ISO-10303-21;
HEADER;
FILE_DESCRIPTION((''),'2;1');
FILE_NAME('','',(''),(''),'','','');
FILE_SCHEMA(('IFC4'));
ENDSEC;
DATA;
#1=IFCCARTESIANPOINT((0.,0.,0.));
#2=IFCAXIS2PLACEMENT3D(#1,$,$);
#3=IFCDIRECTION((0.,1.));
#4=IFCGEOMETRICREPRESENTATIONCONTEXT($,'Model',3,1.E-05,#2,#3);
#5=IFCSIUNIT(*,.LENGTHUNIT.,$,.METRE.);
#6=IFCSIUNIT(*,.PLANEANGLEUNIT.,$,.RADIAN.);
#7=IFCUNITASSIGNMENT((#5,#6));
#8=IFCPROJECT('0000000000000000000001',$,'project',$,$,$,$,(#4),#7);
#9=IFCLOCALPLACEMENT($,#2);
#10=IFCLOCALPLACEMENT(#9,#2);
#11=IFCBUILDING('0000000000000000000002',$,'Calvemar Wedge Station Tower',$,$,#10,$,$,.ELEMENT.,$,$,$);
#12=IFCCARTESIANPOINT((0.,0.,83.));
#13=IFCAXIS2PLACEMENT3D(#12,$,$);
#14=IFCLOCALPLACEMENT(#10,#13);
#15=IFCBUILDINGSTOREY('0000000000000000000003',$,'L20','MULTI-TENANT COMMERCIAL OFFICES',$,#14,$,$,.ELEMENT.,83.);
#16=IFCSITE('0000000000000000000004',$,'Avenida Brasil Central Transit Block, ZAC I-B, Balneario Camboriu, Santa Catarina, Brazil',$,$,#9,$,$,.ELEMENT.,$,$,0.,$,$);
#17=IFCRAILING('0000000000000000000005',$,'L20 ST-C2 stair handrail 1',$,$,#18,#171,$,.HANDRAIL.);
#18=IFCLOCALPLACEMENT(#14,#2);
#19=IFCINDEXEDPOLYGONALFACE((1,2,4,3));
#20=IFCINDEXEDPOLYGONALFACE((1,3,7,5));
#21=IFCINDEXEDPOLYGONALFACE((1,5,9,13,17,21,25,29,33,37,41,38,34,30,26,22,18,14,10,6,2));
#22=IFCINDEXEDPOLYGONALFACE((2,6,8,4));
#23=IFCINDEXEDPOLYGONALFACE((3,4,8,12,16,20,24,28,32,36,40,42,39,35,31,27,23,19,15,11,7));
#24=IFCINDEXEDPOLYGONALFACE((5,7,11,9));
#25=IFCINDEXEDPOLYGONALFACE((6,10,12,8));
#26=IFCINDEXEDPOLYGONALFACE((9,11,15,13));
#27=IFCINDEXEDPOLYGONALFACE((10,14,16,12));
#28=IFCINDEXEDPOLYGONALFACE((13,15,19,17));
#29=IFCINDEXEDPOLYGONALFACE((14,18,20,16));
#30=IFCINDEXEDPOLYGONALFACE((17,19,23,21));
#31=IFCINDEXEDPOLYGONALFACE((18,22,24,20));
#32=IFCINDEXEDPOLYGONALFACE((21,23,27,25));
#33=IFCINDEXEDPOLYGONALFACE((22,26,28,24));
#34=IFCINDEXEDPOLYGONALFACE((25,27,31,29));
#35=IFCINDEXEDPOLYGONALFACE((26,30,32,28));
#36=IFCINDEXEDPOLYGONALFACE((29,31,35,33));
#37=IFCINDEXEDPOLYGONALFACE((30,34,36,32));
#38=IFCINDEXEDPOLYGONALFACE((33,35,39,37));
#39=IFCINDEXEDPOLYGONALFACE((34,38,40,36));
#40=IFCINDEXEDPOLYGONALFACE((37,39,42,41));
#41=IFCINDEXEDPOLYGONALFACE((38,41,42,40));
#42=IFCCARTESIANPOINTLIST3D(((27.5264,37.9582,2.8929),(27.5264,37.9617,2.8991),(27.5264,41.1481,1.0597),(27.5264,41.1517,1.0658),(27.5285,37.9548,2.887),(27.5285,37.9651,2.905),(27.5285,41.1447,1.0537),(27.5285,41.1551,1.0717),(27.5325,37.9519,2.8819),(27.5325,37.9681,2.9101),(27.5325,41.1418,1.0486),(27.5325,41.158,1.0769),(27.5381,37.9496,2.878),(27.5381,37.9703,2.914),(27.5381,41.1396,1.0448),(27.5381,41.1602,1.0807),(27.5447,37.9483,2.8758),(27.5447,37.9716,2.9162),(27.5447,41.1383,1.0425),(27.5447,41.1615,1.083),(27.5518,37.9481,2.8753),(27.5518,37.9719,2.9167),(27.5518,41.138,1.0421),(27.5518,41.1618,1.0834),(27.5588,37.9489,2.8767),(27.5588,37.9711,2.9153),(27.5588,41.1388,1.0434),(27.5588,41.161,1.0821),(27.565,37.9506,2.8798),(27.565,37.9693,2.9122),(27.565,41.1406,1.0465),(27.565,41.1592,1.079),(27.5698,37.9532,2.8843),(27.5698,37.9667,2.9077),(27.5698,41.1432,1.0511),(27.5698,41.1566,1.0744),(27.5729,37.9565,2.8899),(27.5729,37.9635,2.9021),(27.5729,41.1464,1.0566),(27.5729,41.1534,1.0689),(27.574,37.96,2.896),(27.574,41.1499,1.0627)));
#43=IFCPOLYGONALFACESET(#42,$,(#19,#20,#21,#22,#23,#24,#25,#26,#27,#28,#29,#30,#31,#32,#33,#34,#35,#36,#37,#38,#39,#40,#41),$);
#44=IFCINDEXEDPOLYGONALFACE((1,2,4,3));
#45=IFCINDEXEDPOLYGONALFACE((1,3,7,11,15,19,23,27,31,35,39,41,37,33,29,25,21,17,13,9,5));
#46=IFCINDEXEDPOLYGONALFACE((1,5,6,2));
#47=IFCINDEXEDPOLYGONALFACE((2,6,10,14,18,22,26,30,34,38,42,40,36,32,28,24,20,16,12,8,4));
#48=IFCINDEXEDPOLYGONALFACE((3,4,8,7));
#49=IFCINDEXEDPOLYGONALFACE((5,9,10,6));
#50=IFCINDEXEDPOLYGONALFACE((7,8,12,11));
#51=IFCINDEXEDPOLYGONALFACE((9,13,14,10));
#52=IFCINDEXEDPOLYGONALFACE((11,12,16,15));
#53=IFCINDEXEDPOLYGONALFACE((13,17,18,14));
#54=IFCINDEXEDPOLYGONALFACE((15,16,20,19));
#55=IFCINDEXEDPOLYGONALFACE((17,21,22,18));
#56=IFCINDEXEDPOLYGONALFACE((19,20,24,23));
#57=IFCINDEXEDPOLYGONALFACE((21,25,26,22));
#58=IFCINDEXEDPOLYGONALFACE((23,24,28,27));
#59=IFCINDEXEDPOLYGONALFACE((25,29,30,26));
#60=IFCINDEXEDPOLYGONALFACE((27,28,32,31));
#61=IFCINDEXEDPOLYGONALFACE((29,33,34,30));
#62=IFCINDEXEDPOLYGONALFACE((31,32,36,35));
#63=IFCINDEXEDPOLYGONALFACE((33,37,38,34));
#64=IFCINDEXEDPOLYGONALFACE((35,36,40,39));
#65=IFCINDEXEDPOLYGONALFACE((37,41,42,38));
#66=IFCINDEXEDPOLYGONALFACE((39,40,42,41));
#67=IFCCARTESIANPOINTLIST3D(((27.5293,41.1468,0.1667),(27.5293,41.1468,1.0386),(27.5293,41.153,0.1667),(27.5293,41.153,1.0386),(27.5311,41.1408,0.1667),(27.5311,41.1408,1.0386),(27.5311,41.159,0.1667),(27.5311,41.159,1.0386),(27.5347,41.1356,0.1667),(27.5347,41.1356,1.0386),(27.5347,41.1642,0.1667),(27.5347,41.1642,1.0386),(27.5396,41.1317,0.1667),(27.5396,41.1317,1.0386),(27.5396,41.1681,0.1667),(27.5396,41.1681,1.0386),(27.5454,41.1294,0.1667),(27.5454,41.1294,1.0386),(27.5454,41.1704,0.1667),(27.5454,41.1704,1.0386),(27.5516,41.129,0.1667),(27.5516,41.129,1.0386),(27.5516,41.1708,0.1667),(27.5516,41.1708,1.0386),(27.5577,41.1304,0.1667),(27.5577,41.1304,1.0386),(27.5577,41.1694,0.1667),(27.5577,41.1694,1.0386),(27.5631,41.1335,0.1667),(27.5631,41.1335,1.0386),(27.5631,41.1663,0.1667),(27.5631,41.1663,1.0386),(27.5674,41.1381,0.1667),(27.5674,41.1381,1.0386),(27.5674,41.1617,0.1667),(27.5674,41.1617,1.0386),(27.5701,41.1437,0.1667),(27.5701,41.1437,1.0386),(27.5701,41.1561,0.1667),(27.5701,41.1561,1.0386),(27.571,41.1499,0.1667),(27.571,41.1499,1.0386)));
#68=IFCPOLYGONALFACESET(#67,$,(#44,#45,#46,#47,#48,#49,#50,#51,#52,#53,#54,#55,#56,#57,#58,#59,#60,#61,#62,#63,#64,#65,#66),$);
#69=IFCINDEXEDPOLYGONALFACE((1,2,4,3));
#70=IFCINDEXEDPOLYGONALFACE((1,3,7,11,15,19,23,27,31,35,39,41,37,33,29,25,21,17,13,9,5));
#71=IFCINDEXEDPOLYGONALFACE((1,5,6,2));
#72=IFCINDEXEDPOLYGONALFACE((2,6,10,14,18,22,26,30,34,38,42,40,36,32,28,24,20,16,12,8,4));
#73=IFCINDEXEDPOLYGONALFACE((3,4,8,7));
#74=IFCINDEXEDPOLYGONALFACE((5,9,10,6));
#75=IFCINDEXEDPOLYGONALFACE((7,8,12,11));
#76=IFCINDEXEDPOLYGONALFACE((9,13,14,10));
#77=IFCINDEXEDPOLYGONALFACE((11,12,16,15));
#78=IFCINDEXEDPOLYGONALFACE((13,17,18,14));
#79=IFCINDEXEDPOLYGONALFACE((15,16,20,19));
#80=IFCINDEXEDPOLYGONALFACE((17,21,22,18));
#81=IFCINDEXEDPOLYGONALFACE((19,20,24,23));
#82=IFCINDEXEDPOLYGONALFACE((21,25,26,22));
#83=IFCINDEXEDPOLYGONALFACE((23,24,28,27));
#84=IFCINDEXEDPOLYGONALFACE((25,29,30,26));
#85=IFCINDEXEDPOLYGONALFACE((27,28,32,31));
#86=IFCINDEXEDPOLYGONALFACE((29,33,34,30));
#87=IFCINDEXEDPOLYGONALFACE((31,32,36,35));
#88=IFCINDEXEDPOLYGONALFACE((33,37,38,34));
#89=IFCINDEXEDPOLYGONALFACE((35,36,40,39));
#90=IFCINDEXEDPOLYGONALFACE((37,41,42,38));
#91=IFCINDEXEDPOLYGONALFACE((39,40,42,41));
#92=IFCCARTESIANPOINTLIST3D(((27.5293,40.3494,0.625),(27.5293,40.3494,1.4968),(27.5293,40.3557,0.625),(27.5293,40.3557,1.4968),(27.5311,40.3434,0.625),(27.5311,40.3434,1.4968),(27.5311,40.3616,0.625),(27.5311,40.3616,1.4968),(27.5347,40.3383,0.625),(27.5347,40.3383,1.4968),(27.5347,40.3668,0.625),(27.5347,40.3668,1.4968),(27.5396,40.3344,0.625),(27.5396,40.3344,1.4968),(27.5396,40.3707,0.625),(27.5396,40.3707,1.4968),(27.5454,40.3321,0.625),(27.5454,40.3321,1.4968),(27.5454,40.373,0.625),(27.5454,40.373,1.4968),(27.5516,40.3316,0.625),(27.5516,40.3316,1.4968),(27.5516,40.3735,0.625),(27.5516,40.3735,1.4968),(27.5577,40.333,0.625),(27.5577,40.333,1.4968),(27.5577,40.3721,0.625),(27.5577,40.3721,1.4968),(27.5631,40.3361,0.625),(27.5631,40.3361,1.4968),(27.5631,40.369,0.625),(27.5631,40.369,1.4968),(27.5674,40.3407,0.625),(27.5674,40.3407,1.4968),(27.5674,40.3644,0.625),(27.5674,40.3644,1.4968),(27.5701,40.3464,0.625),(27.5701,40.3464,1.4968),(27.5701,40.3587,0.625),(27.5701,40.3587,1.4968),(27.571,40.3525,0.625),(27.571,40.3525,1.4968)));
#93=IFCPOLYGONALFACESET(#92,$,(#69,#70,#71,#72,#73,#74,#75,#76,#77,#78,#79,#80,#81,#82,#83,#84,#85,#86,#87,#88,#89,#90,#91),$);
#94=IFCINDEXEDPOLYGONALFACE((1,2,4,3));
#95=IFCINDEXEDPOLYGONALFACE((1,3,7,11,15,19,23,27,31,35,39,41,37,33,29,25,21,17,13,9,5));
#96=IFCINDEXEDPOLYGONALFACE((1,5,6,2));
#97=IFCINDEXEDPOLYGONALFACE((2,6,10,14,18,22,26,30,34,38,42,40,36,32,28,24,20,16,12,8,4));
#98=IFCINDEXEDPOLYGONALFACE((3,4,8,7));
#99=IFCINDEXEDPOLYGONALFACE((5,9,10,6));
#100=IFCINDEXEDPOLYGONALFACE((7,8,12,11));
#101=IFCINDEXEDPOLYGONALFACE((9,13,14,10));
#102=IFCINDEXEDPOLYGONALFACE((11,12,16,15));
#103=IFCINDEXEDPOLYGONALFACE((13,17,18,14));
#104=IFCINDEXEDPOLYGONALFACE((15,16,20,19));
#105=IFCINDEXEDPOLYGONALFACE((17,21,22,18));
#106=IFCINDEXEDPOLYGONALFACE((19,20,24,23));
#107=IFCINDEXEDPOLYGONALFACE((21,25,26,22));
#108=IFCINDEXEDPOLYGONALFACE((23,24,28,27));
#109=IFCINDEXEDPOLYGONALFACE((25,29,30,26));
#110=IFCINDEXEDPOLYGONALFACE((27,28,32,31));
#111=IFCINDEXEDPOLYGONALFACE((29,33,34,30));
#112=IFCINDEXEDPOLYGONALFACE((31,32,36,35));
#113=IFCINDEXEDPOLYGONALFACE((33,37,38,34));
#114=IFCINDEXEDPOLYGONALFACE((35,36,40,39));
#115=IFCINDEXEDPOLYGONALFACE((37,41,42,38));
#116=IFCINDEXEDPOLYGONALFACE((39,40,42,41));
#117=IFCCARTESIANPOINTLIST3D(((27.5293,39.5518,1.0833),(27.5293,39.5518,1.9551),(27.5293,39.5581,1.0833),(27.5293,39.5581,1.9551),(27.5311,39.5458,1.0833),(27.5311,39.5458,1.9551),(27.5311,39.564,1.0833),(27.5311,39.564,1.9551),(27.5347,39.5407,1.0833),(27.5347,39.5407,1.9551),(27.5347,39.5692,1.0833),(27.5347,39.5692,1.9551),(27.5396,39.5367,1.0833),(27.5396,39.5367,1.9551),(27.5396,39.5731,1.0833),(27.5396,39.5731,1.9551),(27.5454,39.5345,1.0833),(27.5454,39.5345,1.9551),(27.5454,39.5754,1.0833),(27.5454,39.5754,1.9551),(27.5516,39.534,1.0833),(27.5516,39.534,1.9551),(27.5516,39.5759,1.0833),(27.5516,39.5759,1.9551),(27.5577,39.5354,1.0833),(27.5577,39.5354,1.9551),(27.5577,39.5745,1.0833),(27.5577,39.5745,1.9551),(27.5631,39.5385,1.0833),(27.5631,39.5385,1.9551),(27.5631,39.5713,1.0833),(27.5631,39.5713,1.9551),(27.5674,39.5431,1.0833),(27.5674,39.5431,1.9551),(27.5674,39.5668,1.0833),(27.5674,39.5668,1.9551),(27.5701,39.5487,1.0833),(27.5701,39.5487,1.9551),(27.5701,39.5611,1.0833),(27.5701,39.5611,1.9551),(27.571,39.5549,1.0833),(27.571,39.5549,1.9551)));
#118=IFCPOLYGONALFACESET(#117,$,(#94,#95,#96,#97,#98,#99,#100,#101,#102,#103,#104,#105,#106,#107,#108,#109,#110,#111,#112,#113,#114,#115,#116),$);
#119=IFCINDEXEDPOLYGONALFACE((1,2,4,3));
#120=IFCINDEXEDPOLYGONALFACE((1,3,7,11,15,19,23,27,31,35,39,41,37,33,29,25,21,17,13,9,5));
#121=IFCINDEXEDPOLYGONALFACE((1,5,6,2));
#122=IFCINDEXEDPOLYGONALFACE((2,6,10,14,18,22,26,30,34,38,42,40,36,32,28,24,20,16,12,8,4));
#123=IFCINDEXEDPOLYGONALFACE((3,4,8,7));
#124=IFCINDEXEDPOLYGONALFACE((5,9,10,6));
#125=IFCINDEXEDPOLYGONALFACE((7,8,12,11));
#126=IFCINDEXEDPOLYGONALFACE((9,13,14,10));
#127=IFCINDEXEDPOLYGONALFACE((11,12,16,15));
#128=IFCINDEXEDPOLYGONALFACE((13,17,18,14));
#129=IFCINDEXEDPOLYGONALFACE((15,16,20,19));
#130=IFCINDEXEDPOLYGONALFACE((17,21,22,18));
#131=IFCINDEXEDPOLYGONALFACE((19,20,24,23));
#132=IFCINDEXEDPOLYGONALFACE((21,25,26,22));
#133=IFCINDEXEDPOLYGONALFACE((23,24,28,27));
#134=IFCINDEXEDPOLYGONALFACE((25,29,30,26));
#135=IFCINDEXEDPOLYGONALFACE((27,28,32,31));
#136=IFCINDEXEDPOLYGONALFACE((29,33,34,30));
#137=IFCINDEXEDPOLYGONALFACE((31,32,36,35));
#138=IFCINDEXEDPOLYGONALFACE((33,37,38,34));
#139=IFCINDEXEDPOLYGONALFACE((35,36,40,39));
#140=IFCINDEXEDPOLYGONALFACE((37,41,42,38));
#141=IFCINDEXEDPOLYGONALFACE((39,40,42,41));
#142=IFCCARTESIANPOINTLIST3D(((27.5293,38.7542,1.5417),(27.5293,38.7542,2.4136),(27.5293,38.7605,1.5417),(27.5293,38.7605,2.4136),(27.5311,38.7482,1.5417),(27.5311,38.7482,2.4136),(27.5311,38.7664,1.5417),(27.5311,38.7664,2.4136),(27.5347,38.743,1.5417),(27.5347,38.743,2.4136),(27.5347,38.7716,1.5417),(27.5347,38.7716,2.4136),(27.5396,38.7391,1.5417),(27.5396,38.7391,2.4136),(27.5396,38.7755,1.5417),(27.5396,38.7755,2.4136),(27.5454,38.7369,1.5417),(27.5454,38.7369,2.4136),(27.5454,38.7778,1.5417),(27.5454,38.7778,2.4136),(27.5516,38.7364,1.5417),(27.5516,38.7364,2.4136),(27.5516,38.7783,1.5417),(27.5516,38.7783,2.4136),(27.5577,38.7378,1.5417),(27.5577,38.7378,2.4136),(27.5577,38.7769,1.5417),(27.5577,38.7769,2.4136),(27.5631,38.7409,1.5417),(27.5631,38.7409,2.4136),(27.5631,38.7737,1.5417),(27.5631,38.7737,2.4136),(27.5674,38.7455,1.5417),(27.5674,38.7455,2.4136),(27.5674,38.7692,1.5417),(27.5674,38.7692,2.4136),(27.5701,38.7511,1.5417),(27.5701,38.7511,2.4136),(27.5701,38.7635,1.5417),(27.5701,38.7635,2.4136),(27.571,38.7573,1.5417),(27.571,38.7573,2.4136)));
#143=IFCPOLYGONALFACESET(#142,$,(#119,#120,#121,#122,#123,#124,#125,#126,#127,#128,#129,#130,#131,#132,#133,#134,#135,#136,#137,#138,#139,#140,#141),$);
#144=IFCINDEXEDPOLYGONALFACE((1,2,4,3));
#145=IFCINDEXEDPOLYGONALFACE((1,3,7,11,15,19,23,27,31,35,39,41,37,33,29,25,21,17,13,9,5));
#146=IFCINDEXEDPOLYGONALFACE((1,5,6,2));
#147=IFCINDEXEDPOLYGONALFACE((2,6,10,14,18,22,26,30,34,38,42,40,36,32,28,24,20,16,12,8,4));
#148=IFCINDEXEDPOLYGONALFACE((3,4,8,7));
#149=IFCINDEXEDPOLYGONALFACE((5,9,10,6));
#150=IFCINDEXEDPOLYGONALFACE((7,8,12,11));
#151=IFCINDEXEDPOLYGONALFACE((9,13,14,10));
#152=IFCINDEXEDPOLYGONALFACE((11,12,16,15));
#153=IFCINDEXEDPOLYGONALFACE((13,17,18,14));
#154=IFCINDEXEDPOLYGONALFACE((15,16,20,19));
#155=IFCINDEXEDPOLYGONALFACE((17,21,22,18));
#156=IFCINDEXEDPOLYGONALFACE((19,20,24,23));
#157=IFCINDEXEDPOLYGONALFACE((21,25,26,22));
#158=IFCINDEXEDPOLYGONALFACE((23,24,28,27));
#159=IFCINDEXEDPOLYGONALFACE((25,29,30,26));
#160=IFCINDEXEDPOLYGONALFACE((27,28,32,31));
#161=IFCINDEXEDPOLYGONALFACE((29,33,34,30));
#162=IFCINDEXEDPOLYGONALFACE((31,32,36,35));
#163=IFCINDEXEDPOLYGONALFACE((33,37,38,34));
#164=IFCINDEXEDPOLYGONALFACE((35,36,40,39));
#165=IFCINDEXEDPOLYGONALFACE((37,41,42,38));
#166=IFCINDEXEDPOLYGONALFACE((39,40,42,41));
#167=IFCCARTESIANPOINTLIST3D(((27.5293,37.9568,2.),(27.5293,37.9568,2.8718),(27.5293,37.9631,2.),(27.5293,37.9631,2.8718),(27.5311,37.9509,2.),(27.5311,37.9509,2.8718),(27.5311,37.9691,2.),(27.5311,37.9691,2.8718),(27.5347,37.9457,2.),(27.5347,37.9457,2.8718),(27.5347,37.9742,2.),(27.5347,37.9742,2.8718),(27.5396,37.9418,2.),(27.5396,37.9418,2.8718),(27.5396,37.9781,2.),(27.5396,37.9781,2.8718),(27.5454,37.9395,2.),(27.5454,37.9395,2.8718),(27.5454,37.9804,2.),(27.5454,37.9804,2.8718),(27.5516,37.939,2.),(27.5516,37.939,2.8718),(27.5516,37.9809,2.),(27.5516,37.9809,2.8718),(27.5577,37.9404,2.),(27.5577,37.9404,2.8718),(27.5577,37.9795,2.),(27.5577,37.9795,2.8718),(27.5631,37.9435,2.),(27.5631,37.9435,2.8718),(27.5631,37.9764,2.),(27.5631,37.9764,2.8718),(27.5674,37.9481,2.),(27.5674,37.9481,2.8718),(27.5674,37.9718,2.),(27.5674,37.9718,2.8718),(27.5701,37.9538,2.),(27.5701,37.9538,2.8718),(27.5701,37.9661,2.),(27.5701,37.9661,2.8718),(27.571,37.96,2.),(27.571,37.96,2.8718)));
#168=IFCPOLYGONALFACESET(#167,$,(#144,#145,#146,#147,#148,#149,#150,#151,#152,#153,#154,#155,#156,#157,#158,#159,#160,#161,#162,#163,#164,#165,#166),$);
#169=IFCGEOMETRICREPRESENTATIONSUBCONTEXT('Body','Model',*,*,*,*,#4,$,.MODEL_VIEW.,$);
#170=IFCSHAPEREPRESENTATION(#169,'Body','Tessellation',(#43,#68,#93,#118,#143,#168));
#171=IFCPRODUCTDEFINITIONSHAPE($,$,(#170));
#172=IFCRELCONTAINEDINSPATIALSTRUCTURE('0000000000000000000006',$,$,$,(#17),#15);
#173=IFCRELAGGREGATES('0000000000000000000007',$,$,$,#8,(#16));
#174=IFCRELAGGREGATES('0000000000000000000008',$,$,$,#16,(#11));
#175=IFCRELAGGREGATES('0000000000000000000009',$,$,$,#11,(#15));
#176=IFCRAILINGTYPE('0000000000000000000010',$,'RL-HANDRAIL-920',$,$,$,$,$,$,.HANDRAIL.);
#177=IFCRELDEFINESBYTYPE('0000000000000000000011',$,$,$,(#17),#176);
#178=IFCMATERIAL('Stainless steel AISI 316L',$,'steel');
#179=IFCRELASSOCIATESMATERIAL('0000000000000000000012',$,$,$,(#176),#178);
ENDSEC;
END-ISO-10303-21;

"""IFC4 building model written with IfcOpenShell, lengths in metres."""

from ifc_helpers import new_model, si_unit, direction, frame, origin, origin_2d, place, context, subcontext, project, spatial, circle, extrude, material, type_object, element, save


model = new_model("IFC4")

# Units and contexts
model_context = context("Model", 3, precision=1e-05, world=origin(), true_north=direction((0.0, 1.0)))
body_context = subcontext(model_context, "Body", "Model", "MODEL_VIEW")
ifc_project = project(units=[si_unit("LENGTHUNIT", "METRE"), si_unit("PLANEANGLEUNIT", "RADIAN")], contexts=[model_context])

# Site, building, storey
site_placement = place(None, origin())
site = spatial("IfcSite", under=ifc_project, at=site_placement, Name="Avenida Brasil Central Transit Block, ZAC I-B, Balneario Camboriu, Santa Catarina, Brazil", CompositionType="ELEMENT", RefElevation=0.0)
building_placement = place(site_placement, origin())
building = spatial("IfcBuilding", under=site, at=building_placement, Name="Calvemar Wedge Station Tower", CompositionType="ELEMENT")
storey_placement = place(building_placement, frame((0.0, 0.0, 83.0)))
storey = spatial("IfcBuildingStorey", under=building, at=storey_placement, Name="L20", Description="MULTI-TENANT COMMERCIAL OFFICES", CompositionType="ELEMENT", Elevation=83.0)

# Railing
ifc_material_1 = material(Name="Stainless steel AISI 316L", Category="steel")
railing_type_1 = type_object("IfcRailingType", Name="RL-HANDRAIL-920", PredefinedType="HANDRAIL", material=ifc_material_1)
railing_1_placement = place(storey_placement, frame((27.55, 41.1499, 0.1667)))
element("IfcRailing", 1, at=railing_1_placement, inside=storey, type_object=railing_type_1, Name="L20 ST-C2 stair handrail 1", PredefinedType="HANDRAIL", context=body_context, shape_type="SweptSolid", body=[
    extrude(circle(Radius=0.0239, at=origin_2d()), frame((0.0, 0.0, 0.896), z_axis=(0.0, -0.86702, 0.498274), x_axis=(1.0, 0.0, 0.0)), (0.0, 0.0, 1.0), 3.6792),
    extrude(circle(Radius=0.021, at=origin_2d()), origin(), (0.0, 0.0, 1.0), 0.8718),
    extrude(circle(Radius=0.021, at=origin_2d()), frame((0.0, -0.7974, 0.4583)), (0.0, 0.0, 1.0), 0.8718),
    extrude(circle(Radius=0.021, at=origin_2d()), frame((0.0, -1.595, 0.9165)), (0.0, 0.0, 1.0), 0.8718),
    extrude(circle(Radius=0.021, at=origin_2d()), frame((0.0, -2.3926, 1.375)), (0.0, 0.0, 1.0), 0.8718),
    extrude(circle(Radius=0.021, at=origin_2d()), frame((0.0, -3.1899, 1.8333)), (0.0, 0.0, 1.0), 0.8718),
])

save(model, "model.ifc")
